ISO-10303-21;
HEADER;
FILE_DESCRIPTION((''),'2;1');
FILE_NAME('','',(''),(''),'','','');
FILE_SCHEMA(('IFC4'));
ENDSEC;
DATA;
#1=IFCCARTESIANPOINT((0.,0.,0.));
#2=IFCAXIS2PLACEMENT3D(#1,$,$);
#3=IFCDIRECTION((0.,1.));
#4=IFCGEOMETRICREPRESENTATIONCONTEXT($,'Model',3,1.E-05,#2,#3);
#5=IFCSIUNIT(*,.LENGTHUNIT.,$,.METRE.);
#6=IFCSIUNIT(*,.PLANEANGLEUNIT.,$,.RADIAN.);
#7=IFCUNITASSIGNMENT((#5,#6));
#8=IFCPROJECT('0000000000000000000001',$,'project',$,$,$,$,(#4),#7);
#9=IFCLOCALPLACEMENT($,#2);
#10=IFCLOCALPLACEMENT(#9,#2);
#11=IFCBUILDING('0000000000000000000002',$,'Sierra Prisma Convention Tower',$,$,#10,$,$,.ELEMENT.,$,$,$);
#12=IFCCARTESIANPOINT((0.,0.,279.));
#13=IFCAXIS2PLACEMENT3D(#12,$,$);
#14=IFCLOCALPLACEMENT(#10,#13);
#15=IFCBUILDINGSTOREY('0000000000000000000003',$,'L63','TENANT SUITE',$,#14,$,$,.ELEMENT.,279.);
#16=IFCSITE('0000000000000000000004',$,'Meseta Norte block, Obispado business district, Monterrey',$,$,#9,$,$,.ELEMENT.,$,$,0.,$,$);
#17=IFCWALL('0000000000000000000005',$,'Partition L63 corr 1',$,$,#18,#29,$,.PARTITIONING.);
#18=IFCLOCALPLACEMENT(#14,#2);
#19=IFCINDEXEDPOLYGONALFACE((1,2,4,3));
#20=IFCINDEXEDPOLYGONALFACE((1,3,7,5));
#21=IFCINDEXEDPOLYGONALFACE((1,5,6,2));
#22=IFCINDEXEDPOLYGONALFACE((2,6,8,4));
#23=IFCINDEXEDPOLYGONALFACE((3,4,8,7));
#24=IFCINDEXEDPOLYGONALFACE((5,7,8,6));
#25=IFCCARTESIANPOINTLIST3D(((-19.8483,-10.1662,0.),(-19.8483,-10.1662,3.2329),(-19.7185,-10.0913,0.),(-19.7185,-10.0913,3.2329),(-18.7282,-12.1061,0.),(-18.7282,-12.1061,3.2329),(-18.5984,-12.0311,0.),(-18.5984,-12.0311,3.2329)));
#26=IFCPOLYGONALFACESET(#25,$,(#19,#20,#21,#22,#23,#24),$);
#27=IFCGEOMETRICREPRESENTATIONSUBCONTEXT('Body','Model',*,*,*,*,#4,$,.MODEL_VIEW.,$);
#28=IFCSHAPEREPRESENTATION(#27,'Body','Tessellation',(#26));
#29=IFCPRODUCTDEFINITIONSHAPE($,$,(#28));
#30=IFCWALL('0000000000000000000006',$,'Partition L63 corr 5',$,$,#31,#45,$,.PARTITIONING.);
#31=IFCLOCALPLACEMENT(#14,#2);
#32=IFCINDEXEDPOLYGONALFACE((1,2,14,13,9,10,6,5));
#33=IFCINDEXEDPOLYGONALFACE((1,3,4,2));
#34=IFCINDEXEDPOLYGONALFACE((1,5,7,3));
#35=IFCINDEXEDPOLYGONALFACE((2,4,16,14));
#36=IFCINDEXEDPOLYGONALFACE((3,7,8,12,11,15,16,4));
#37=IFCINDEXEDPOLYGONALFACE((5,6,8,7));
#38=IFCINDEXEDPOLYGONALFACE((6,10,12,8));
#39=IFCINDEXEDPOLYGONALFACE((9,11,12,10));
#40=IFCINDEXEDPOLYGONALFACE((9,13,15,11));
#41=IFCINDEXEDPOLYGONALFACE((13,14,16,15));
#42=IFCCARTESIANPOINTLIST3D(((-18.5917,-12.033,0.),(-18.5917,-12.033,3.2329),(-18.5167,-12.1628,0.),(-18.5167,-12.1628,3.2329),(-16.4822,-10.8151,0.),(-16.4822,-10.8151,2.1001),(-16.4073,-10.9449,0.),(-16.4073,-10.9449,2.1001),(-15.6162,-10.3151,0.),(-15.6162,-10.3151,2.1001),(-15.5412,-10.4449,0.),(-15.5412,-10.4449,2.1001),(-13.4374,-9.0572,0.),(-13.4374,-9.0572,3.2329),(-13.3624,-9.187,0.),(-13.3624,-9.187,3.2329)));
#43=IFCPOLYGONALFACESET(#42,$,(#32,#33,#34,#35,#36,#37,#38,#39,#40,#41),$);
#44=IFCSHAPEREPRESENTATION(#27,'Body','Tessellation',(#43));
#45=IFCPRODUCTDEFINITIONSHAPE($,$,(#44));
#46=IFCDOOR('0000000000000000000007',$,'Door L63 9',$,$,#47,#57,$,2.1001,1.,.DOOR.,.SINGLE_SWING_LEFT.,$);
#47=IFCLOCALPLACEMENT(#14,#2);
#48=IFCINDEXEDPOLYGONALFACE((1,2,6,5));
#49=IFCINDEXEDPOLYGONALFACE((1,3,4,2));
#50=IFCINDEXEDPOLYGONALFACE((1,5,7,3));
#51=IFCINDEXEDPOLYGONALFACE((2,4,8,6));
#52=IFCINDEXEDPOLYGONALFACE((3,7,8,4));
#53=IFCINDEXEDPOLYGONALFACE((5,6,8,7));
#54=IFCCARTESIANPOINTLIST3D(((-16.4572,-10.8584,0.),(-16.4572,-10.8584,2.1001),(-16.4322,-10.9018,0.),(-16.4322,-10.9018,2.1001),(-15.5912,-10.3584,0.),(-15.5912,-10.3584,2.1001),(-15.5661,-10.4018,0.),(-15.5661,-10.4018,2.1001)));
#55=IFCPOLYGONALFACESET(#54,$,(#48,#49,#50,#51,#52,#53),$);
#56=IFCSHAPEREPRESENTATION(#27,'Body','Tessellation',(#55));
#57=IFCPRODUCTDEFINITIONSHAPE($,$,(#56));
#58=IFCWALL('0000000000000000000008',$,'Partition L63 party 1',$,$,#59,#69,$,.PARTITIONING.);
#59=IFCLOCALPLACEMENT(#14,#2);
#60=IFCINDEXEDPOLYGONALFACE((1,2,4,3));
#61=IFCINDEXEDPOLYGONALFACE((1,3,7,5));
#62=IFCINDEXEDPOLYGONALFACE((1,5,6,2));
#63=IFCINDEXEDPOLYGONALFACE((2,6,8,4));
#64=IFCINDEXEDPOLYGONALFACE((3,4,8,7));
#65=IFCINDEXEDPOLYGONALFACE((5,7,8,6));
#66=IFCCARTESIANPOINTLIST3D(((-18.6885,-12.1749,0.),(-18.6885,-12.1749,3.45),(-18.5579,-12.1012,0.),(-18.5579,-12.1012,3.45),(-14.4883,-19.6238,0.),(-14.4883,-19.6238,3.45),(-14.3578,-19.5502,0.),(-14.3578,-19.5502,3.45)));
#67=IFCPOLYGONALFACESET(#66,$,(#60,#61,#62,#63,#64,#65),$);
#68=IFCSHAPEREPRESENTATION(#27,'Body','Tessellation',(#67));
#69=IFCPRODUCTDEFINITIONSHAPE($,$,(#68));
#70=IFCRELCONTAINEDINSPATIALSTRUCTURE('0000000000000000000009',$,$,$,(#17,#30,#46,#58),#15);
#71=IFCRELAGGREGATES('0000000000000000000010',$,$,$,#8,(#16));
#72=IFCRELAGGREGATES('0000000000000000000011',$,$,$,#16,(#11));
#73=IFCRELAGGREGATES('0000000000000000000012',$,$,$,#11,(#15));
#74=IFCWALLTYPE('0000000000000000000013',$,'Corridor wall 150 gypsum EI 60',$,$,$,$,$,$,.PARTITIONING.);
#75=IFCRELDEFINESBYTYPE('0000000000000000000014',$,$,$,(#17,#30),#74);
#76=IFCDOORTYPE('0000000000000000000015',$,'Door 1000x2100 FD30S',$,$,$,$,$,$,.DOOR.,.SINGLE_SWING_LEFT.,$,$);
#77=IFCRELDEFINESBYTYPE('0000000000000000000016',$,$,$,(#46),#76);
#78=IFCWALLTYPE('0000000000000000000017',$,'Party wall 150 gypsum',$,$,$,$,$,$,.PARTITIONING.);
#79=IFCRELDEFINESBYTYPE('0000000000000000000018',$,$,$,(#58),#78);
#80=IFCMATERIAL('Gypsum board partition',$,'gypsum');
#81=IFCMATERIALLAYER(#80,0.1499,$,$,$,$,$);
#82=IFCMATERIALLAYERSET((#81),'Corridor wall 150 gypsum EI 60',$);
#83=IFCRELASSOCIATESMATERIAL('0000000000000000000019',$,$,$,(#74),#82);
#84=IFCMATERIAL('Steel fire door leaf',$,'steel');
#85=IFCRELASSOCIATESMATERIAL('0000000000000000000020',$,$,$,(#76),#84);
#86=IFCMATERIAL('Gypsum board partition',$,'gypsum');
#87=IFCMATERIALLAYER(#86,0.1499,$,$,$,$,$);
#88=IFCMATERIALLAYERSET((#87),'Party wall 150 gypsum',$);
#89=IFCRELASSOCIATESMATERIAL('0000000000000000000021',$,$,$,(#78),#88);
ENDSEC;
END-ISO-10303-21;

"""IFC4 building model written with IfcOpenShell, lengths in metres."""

from ifc_helpers import new_model, si_unit, direction, frame, frame_2d, origin, place, context, subcontext, project, spatial, rectangle, extrude, material, layer, layer_set, type_object, element, fill, save


model = new_model("IFC4")

# Units and contexts
model_context = context("Model", 3, precision=1e-05, world=origin(), true_north=direction((0.0, 1.0)))
body_context = subcontext(model_context, "Body", "Model", "MODEL_VIEW")
ifc_project = project(units=[si_unit("LENGTHUNIT", "METRE"), si_unit("PLANEANGLEUNIT", "RADIAN")], contexts=[model_context])

# Site, building, storey
site_placement = place(None, origin())
site = spatial("IfcSite", under=ifc_project, at=site_placement, Name="Meseta Norte block, Obispado business district, Monterrey", CompositionType="ELEMENT", RefElevation=0.0)
building_placement = place(site_placement, origin())
building = spatial("IfcBuilding", under=site, at=building_placement, Name="Sierra Prisma Convention Tower", CompositionType="ELEMENT")
storey_placement = place(building_placement, frame((0.0, 0.0, 279.0)))
storey = spatial("IfcBuildingStorey", under=building, at=storey_placement, Name="L63", Description="TENANT SUITE", CompositionType="ELEMENT", Elevation=279.0)

# Wall
ifc_material_1 = material(Name="Gypsum board partition", Category="gypsum")
ifc_layer_1 = layer(ifc_material_1, 0.1499)
ifc_layer_set_1 = layer_set([ifc_layer_1], Name="Corridor wall 150 gypsum EI 60")
wall_type_1 = type_object("IfcWallType", Name="Corridor wall 150 gypsum EI 60", PredefinedType="PARTITIONING", material=ifc_layer_set_1)
wall_1_placement = place(storey_placement, frame((-19.7834, -10.1287, 0.0), z_axis=(0.0, 0.0, 1.0), x_axis=(0.500031, -0.866008, 0.0)))
element("IfcWall", 1, at=wall_1_placement, inside=storey, type_object=wall_type_1, Name="Partition L63 corr 1", PredefinedType="PARTITIONING", context=body_context, shape_type="SweptSolid", body=[
    extrude(rectangle(XDim=2.24, YDim=0.1499, at=frame_2d((1.1201, 0.0))), origin(), (0.0, 0.0, 1.0), 3.2329),
])

# Wall, opening, door
wall_2_placement = place(storey_placement, frame((-18.5542, -12.0979, 0.0), z_axis=(0.0, 0.0, 1.0), x_axis=(0.866026, 0.499999, 0.0)))
wall_2 = element("IfcWall", 2, at=wall_2_placement, inside=storey, type_object=wall_type_1, Name="Partition L63 corr 5", PredefinedType="PARTITIONING", context=body_context, shape_type="SweptSolid", body=[
    extrude(rectangle(XDim=5.9517, YDim=0.1499, at=frame_2d((2.9758, 0.0))), origin(), (0.0, 0.0, 1.0), 3.2329),
])
opening_placement = place(wall_2_placement, frame((2.4358, 0.0, 0.0)))
opening = element("IfcOpeningElement", 3, at=opening_placement, cuts=wall_2, PredefinedType="OPENING", context=body_context, shape_type="SweptSolid", body=[
    extrude(rectangle(XDim=1.0, YDim=2.1001, at=frame_2d((0.5, 1.05))), frame((0.0, 0.075, 0.0), z_axis=(0.0, -1.0, 0.0), x_axis=(1.0, 0.0, 0.0)), (0.0, 0.0, 1.0), 0.1499),
])
ifc_material_2 = material(Name="Steel fire door leaf", Category="steel")
door_type = type_object("IfcDoorType", Name="Door 1000x2100 FD30S", OperationType="SINGLE_SWING_LEFT", PredefinedType="DOOR", material=ifc_material_2)
door_placement = place(opening_placement, origin())
door = element("IfcDoor", 4, at=door_placement, inside=storey, type_object=door_type, Name="Door L63 9", OperationType="SINGLE_SWING_LEFT", OverallHeight=2.1001, OverallWidth=1.0, PredefinedType="DOOR", context=body_context, shape_type="SweptSolid", body=[
    extrude(rectangle(XDim=1.0, YDim=2.1001, at=frame_2d((0.5, 1.05))), frame((0.0, 0.0249, 0.0), z_axis=(0.0, -1.0, 0.0), x_axis=(1.0, 0.0, 0.0)), (0.0, 0.0, 1.0), 0.05),
])
fill(opening, door)

# Wall
ifc_material_3 = material(Name="Gypsum board partition", Category="gypsum")
ifc_layer_2 = layer(ifc_material_3, 0.1499)
ifc_layer_set_2 = layer_set([ifc_layer_2], Name="Party wall 150 gypsum")
wall_type_2 = type_object("IfcWallType", Name="Party wall 150 gypsum", PredefinedType="PARTITIONING", material=ifc_layer_set_2)
wall_3_placement = place(storey_placement, frame((-18.6233, -12.1379, 0.0), z_axis=(0.0, 0.0, 1.0), x_axis=(0.491162, -0.871068, 0.0)))
element("IfcWall", 5, at=wall_3_placement, inside=storey, type_object=wall_type_2, Name="Partition L63 party 1", PredefinedType="PARTITIONING", context=body_context, shape_type="SweptSolid", body=[
    extrude(rectangle(XDim=8.5515, YDim=0.1499, at=frame_2d((4.2759, 0.0))), origin(), (0.0, 0.0, 1.0), 3.45),
])

save(model, "model.ifc")
